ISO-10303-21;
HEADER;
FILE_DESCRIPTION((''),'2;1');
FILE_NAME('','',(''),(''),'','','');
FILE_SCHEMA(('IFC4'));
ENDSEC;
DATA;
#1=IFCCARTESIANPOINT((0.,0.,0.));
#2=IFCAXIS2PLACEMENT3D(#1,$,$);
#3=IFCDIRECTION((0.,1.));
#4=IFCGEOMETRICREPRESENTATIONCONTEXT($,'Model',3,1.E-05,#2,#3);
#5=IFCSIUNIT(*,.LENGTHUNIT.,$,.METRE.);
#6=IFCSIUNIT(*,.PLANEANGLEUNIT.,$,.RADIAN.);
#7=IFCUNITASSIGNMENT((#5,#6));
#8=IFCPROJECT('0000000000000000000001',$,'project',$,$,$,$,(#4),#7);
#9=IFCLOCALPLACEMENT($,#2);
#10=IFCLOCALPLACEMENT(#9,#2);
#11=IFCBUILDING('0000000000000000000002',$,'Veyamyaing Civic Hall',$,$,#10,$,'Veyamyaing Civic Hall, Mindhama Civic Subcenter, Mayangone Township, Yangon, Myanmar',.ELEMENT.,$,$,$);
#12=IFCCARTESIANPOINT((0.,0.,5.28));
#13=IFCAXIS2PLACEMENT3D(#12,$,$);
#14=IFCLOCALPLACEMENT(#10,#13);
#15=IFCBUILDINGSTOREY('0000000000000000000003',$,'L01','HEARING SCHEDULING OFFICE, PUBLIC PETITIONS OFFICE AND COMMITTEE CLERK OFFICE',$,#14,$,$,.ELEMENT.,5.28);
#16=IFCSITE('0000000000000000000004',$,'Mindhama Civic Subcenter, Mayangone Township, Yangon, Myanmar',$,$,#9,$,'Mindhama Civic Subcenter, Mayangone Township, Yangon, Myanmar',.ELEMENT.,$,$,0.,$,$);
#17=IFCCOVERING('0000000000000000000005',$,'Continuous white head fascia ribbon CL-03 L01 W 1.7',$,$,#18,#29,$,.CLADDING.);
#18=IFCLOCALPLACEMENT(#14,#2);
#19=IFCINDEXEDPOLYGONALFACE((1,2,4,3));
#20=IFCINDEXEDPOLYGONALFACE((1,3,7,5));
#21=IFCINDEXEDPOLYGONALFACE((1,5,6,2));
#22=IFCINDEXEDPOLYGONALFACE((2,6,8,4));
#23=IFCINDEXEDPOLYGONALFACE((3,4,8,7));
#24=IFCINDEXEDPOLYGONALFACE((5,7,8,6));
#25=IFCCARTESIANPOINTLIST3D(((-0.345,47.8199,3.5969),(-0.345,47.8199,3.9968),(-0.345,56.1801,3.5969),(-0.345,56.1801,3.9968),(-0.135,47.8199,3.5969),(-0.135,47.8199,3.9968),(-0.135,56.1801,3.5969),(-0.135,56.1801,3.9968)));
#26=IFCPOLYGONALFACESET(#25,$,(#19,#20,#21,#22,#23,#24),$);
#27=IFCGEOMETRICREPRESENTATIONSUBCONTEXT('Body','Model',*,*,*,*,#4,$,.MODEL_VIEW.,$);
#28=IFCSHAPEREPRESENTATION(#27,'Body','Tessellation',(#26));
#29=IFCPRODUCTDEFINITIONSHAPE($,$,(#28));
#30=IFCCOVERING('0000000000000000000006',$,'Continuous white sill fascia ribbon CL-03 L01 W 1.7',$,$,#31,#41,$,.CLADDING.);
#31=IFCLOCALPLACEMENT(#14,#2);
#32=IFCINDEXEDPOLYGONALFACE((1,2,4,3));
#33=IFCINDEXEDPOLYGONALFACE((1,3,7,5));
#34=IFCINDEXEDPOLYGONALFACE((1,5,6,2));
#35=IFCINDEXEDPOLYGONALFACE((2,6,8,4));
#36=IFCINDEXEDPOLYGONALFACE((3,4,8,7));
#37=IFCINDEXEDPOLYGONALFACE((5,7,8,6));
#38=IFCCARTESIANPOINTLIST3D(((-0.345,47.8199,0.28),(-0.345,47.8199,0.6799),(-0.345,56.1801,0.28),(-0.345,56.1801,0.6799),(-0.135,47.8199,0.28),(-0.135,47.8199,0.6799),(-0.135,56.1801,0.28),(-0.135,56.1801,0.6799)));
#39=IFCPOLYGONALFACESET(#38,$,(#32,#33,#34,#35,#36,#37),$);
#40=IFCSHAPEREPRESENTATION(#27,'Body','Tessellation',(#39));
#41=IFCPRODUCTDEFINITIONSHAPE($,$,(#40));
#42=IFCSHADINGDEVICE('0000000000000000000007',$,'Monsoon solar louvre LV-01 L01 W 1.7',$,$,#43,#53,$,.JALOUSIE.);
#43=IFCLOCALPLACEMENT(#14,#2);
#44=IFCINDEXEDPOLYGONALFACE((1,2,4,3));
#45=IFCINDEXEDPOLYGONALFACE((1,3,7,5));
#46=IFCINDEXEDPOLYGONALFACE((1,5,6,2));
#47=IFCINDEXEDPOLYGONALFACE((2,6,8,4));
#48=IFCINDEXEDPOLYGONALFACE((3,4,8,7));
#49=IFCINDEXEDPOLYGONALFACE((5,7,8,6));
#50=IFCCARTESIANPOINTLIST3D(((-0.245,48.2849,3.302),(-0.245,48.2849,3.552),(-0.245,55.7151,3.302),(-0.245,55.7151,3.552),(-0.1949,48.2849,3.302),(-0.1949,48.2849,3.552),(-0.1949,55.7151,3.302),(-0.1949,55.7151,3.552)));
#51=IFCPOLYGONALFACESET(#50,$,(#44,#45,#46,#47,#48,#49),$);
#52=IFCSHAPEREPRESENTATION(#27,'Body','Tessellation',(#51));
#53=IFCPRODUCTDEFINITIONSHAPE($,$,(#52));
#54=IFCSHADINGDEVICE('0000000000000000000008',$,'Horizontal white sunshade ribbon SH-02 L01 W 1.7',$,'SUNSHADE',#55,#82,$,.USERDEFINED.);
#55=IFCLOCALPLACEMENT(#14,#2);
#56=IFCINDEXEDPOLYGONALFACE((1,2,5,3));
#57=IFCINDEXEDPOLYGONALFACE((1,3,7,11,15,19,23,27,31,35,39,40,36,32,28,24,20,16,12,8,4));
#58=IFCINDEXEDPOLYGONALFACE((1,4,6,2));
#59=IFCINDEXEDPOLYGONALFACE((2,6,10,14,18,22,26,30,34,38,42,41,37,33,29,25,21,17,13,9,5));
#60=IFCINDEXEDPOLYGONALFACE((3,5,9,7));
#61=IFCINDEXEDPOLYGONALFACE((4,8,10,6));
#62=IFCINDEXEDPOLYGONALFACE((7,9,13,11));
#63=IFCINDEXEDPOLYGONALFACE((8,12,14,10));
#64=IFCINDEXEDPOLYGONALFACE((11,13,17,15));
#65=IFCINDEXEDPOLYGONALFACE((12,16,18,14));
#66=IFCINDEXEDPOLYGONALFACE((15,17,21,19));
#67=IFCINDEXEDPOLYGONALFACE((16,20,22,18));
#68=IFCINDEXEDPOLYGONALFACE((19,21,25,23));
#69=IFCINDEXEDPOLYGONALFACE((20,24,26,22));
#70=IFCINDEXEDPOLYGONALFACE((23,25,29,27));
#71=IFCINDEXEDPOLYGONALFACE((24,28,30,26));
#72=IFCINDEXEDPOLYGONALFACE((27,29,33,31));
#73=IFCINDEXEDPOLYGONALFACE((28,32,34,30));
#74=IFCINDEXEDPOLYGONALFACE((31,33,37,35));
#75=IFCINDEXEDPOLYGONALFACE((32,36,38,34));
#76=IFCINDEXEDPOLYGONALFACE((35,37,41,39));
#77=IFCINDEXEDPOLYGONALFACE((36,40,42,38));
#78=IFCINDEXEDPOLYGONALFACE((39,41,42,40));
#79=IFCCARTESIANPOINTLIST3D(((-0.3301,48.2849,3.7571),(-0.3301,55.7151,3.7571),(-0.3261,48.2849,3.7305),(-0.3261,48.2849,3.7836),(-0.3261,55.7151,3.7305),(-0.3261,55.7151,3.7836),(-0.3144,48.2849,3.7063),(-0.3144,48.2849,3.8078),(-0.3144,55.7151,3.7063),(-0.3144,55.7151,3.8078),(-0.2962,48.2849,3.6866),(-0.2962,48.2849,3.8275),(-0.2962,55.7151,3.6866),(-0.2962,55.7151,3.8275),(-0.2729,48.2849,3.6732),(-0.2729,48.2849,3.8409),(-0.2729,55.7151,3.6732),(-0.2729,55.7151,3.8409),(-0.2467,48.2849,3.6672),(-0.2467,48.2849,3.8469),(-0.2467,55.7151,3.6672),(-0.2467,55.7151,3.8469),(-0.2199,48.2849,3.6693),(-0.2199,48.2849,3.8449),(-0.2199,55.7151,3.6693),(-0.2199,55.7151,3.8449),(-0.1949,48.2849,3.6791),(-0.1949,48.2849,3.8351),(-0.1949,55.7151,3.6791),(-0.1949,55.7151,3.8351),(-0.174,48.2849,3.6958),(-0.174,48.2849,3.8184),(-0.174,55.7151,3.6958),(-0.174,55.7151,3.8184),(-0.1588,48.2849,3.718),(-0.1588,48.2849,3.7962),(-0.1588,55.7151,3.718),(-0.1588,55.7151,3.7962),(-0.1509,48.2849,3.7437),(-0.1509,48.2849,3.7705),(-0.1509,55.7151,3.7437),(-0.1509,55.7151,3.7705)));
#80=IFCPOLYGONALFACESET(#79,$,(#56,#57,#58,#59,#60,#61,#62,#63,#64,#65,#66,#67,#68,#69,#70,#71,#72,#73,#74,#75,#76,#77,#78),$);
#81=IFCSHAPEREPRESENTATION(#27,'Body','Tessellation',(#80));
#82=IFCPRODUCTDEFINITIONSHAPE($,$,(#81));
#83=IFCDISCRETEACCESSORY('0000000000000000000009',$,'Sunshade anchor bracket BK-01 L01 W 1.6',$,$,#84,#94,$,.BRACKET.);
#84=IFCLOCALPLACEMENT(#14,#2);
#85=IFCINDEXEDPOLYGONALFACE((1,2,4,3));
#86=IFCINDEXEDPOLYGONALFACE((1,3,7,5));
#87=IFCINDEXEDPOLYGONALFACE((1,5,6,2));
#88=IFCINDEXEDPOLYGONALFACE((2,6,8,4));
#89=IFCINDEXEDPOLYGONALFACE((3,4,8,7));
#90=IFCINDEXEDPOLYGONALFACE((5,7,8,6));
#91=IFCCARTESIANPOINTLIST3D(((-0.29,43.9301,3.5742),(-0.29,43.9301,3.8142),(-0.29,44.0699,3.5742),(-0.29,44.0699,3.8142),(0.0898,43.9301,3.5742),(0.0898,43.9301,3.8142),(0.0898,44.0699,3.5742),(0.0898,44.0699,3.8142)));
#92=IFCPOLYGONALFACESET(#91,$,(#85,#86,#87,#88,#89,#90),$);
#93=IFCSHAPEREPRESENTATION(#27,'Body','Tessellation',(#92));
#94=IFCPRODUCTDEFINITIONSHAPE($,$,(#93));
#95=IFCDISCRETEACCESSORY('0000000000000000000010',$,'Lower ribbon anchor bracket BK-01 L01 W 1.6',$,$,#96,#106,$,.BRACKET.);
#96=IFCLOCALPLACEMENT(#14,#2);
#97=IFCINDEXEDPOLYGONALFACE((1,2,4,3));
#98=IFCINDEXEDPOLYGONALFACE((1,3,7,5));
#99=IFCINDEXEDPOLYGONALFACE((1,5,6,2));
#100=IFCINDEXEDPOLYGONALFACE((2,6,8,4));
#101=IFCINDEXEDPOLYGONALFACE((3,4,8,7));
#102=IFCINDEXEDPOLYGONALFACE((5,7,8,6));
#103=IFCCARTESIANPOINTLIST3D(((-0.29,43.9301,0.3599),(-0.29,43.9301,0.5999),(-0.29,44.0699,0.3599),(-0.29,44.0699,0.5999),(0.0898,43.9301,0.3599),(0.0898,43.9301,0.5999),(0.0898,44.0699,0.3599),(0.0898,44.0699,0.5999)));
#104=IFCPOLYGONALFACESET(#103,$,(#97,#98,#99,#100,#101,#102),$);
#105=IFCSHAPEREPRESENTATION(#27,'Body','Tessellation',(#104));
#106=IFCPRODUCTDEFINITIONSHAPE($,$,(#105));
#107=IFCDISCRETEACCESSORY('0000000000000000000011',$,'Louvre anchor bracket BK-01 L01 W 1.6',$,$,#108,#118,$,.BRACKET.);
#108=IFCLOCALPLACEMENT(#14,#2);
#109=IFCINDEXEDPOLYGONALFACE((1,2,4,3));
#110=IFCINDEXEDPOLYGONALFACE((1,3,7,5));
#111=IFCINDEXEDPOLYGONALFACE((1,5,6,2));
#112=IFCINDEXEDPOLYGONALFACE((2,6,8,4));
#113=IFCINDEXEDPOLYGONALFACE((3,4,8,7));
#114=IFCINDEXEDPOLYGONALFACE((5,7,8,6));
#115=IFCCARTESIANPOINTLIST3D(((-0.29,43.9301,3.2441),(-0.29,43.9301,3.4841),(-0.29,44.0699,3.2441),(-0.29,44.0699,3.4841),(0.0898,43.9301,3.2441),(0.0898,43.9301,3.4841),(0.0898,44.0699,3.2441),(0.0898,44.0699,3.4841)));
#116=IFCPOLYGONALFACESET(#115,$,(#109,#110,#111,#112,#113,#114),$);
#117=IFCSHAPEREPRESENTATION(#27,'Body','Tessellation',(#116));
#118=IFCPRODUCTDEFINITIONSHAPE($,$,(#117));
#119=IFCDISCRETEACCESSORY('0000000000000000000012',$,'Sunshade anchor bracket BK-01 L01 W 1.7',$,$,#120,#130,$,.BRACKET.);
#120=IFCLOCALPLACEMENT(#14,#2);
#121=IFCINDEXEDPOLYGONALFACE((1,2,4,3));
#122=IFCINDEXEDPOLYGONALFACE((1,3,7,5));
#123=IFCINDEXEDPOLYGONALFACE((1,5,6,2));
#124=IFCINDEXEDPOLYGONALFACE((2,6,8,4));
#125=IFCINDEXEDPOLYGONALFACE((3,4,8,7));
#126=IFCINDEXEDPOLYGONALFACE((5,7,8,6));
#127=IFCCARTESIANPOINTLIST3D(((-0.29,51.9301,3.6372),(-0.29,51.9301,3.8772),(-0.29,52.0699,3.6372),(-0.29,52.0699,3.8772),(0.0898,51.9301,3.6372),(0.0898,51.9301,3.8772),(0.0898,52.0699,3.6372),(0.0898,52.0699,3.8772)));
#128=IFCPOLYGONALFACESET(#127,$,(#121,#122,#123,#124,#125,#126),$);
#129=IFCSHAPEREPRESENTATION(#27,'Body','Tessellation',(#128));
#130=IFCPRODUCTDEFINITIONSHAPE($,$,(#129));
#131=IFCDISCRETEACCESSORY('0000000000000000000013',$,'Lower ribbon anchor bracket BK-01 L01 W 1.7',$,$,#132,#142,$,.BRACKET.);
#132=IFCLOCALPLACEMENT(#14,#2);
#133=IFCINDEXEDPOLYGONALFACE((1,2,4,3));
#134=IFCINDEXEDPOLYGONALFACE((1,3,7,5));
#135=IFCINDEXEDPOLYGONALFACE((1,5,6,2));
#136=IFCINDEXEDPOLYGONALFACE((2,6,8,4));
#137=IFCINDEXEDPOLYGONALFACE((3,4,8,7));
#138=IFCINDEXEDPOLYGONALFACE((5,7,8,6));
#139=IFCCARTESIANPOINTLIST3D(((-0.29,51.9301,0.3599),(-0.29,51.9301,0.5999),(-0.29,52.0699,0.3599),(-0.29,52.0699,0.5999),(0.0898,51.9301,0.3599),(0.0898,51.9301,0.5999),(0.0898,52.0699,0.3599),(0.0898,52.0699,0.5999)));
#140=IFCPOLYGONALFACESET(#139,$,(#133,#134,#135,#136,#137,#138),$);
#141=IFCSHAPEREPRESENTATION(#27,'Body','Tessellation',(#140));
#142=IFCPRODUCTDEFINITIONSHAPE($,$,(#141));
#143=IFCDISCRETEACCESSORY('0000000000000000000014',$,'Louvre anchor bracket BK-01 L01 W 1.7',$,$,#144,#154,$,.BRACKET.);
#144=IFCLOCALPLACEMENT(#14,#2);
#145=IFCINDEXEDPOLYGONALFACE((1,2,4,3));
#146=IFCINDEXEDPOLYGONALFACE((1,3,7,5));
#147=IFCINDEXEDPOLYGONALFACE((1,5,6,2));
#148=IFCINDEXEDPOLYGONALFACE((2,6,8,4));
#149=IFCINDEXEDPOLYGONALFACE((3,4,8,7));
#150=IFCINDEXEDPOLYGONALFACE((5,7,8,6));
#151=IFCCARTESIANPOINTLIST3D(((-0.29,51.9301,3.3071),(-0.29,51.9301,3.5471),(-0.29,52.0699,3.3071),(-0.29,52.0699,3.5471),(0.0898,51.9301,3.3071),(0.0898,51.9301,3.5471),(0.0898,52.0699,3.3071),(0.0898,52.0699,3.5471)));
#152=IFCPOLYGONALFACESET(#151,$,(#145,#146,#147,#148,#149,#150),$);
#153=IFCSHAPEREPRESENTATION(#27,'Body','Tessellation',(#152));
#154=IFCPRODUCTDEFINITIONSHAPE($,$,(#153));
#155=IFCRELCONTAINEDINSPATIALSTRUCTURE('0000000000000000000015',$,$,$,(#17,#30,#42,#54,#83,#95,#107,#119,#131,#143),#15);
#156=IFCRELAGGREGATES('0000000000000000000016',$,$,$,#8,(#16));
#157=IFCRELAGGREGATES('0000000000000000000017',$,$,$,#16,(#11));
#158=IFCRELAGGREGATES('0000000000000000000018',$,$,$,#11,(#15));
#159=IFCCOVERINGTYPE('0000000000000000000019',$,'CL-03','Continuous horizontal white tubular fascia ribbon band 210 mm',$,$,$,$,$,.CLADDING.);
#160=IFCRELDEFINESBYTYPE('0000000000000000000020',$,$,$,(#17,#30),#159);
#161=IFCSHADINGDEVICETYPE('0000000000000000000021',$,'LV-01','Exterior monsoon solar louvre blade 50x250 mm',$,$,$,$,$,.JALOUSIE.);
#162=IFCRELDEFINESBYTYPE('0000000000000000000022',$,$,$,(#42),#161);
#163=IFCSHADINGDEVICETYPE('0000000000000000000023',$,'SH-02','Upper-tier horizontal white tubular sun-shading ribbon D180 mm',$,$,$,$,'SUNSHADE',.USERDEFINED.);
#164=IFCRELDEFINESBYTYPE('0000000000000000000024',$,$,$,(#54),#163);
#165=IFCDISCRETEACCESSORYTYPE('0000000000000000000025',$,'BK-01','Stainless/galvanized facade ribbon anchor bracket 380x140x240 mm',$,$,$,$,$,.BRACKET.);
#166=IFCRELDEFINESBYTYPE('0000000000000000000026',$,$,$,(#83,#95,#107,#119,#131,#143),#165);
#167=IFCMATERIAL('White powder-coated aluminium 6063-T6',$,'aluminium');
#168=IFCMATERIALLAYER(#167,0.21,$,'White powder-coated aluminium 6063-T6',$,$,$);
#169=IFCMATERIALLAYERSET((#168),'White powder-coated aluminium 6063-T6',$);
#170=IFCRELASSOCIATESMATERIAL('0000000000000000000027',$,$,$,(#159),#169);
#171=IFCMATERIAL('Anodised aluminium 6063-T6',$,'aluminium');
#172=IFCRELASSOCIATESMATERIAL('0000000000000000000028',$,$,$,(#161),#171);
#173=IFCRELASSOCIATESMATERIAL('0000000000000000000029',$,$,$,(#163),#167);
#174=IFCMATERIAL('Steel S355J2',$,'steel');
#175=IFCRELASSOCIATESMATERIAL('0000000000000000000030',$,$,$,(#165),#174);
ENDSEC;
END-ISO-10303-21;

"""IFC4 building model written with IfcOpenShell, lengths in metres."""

from ifc_helpers import new_model, si_unit, direction, frame, origin, origin_2d, place, context, subcontext, project, spatial, rectangle, circle, extrude, material, layer, layer_set, material_profile, profile_set, type_object, element, save


model = new_model("IFC4")

# Units and contexts
model_context = context("Model", 3, precision=1e-05, world=origin(), true_north=direction((0.0, 1.0)))
body_context = subcontext(model_context, "Body", "Model", "MODEL_VIEW")
ifc_project = project(units=[si_unit("LENGTHUNIT", "METRE"), si_unit("PLANEANGLEUNIT", "RADIAN")], contexts=[model_context])

# Site, building, storey
site_placement = place(None, origin())
site = spatial("IfcSite", under=ifc_project, at=site_placement, Name="Mindhama Civic Subcenter, Mayangone Township, Yangon, Myanmar", LongName="Mindhama Civic Subcenter, Mayangone Township, Yangon, Myanmar", CompositionType="ELEMENT", RefElevation=0.0)
building_placement = place(site_placement, origin())
building = spatial("IfcBuilding", under=site, at=building_placement, Name="Veyamyaing Civic Hall", LongName="Veyamyaing Civic Hall, Mindhama Civic Subcenter, Mayangone Township, Yangon, Myanmar", CompositionType="ELEMENT")
storey_placement = place(building_placement, frame((0.0, 0.0, 5.28)))
storey = spatial("IfcBuildingStorey", under=building, at=storey_placement, Name="L01", Description="HEARING SCHEDULING OFFICE, PUBLIC PETITIONS OFFICE AND COMMITTEE CLERK OFFICE", CompositionType="ELEMENT", Elevation=5.28)

# Coverings
ifc_material_1 = material(Name="White powder-coated aluminium 6063-T6", Category="aluminium")
ifc_layer_1 = layer(ifc_material_1, 0.21, Name="White powder-coated aluminium 6063-T6")
ifc_layer_set_1 = layer_set([ifc_layer_1], Name="White powder-coated aluminium 6063-T6")
covering_type_1 = type_object("IfcCoveringType", Name="CL-03", Description="Continuous horizontal white tubular fascia ribbon band 210 mm", PredefinedType="CLADDING", material=ifc_layer_set_1)
for number, where, z_axis, x_axis, name in (
    (1, (-0.24, 52.0, 3.5969), (0.0, 0.0, 1.0), (0.0, 1.0, 0.0), "Continuous white head fascia ribbon CL-03 L01 W 1.7"),
    (2, (-0.24, 52.0, 0.28), (0.0, 0.0, 1.0), (0.0, 1.0, 0.0), "Continuous white sill fascia ribbon CL-03 L01 W 1.7"),
):
    element("IfcCovering", number, at=place(storey_placement, frame(where, z_axis=z_axis, x_axis=x_axis)), inside=storey, type_object=covering_type_1, Name=name, PredefinedType="CLADDING", context=body_context, shape_type="SweptSolid", body=[
        extrude(rectangle(XDim=8.3601, YDim=0.21, at=origin_2d()), origin(), (0.0, 0.0, 1.0), 0.3999),
    ])

# Shading devices
ifc_material_2 = material(Name="Anodised aluminium 6063-T6", Category="aluminium")
ifc_material_profile_1 = material_profile(ifc_material_2, rectangle(XDim=0.05, YDim=0.25, at=origin_2d()), Name="LOUVRE-BLADE-50X250")
ifc_profile_set_1 = profile_set([ifc_material_profile_1], Name="Anodised aluminium 6063-T6")
shading_device_type_1 = type_object("IfcShadingDeviceType", Name="LV-01", Description="Exterior monsoon solar louvre blade 50x250 mm", PredefinedType="JALOUSIE", material=ifc_profile_set_1)
shading_device_1_placement = place(storey_placement, frame((-0.22, 48.2849, 3.427), z_axis=(0.0, 1.0, 0.0), x_axis=(-1.0, 0.0, 0.0)))
element("IfcShadingDevice", 3, at=shading_device_1_placement, inside=storey, type_object=shading_device_type_1, Name="Monsoon solar louvre LV-01 L01 W 1.7", PredefinedType="JALOUSIE", context=body_context, shape_type="SweptSolid", body=[
    extrude(rectangle(XDim=0.05, YDim=0.25, at=origin_2d()), origin(), (0.0, 0.0, 1.0), 7.4302),
])
ifc_material_profile_2 = material_profile(ifc_material_1, circle(Radius=0.0901, at=origin_2d()), Name="SHADE-TUBE-180")
ifc_profile_set_2 = profile_set([ifc_material_profile_2], Name="White powder-coated aluminium 6063-T6")
shading_device_type_2 = type_object("IfcShadingDeviceType", Name="SH-02", Description="Upper-tier horizontal white tubular sun-shading ribbon D180 mm", ElementType="SUNSHADE", PredefinedType="USERDEFINED", material=ifc_profile_set_2)
shading_device_2_placement = place(storey_placement, frame((-0.24, 48.2849, 3.7571), z_axis=(0.0, 1.0, 0.0), x_axis=(-1.0, 0.0, 0.0)))
element("IfcShadingDevice", 4, at=shading_device_2_placement, inside=storey, type_object=shading_device_type_2, Name="Horizontal white sunshade ribbon SH-02 L01 W 1.7", ObjectType="SUNSHADE", PredefinedType="USERDEFINED", context=body_context, shape_type="SweptSolid", body=[
    extrude(circle(Radius=0.0901, at=origin_2d()), origin(), (0.0, 0.0, 1.0), 7.4302),
])

# Discrete accessories
ifc_material_3 = material(Name="Steel S355J2", Category="steel")
discrete_accessory_type = type_object("IfcDiscreteAccessoryType", Name="BK-01", Description="Stainless/galvanized facade ribbon anchor bracket 380x140x240 mm", PredefinedType="BRACKET", material=ifc_material_3)
for number, where, z_axis, x_axis, name in (
    (5, (-0.1001, 44.0, 3.5742), (0.0, 0.0, 1.0), (-1.0, 0.0, 0.0), "Sunshade anchor bracket BK-01 L01 W 1.6"),
    (6, (-0.1001, 44.0, 0.3599), (0.0, 0.0, 1.0), (-1.0, 0.0, 0.0), "Lower ribbon anchor bracket BK-01 L01 W 1.6"),
    (7, (-0.1001, 44.0, 3.2441), (0.0, 0.0, 1.0), (-1.0, 0.0, 0.0), "Louvre anchor bracket BK-01 L01 W 1.6"),
    (8, (-0.1001, 52.0, 3.6372), (0.0, 0.0, 1.0), (-1.0, 0.0, 0.0), "Sunshade anchor bracket BK-01 L01 W 1.7"),
    (9, (-0.1001, 52.0, 0.3599), (0.0, 0.0, 1.0), (-1.0, 0.0, 0.0), "Lower ribbon anchor bracket BK-01 L01 W 1.7"),
    (10, (-0.1001, 52.0, 3.3071), (0.0, 0.0, 1.0), (-1.0, 0.0, 0.0), "Louvre anchor bracket BK-01 L01 W 1.7"),
):
    element("IfcDiscreteAccessory", number, at=place(storey_placement, frame(where, z_axis=z_axis, x_axis=x_axis)), inside=storey, type_object=discrete_accessory_type, Name=name, PredefinedType="BRACKET", context=body_context, shape_type="SweptSolid", body=[
        extrude(rectangle(XDim=0.3799, YDim=0.1399, at=origin_2d()), origin(), (0.0, 0.0, 1.0), 0.24),
    ])

save(model, "model.ifc")
